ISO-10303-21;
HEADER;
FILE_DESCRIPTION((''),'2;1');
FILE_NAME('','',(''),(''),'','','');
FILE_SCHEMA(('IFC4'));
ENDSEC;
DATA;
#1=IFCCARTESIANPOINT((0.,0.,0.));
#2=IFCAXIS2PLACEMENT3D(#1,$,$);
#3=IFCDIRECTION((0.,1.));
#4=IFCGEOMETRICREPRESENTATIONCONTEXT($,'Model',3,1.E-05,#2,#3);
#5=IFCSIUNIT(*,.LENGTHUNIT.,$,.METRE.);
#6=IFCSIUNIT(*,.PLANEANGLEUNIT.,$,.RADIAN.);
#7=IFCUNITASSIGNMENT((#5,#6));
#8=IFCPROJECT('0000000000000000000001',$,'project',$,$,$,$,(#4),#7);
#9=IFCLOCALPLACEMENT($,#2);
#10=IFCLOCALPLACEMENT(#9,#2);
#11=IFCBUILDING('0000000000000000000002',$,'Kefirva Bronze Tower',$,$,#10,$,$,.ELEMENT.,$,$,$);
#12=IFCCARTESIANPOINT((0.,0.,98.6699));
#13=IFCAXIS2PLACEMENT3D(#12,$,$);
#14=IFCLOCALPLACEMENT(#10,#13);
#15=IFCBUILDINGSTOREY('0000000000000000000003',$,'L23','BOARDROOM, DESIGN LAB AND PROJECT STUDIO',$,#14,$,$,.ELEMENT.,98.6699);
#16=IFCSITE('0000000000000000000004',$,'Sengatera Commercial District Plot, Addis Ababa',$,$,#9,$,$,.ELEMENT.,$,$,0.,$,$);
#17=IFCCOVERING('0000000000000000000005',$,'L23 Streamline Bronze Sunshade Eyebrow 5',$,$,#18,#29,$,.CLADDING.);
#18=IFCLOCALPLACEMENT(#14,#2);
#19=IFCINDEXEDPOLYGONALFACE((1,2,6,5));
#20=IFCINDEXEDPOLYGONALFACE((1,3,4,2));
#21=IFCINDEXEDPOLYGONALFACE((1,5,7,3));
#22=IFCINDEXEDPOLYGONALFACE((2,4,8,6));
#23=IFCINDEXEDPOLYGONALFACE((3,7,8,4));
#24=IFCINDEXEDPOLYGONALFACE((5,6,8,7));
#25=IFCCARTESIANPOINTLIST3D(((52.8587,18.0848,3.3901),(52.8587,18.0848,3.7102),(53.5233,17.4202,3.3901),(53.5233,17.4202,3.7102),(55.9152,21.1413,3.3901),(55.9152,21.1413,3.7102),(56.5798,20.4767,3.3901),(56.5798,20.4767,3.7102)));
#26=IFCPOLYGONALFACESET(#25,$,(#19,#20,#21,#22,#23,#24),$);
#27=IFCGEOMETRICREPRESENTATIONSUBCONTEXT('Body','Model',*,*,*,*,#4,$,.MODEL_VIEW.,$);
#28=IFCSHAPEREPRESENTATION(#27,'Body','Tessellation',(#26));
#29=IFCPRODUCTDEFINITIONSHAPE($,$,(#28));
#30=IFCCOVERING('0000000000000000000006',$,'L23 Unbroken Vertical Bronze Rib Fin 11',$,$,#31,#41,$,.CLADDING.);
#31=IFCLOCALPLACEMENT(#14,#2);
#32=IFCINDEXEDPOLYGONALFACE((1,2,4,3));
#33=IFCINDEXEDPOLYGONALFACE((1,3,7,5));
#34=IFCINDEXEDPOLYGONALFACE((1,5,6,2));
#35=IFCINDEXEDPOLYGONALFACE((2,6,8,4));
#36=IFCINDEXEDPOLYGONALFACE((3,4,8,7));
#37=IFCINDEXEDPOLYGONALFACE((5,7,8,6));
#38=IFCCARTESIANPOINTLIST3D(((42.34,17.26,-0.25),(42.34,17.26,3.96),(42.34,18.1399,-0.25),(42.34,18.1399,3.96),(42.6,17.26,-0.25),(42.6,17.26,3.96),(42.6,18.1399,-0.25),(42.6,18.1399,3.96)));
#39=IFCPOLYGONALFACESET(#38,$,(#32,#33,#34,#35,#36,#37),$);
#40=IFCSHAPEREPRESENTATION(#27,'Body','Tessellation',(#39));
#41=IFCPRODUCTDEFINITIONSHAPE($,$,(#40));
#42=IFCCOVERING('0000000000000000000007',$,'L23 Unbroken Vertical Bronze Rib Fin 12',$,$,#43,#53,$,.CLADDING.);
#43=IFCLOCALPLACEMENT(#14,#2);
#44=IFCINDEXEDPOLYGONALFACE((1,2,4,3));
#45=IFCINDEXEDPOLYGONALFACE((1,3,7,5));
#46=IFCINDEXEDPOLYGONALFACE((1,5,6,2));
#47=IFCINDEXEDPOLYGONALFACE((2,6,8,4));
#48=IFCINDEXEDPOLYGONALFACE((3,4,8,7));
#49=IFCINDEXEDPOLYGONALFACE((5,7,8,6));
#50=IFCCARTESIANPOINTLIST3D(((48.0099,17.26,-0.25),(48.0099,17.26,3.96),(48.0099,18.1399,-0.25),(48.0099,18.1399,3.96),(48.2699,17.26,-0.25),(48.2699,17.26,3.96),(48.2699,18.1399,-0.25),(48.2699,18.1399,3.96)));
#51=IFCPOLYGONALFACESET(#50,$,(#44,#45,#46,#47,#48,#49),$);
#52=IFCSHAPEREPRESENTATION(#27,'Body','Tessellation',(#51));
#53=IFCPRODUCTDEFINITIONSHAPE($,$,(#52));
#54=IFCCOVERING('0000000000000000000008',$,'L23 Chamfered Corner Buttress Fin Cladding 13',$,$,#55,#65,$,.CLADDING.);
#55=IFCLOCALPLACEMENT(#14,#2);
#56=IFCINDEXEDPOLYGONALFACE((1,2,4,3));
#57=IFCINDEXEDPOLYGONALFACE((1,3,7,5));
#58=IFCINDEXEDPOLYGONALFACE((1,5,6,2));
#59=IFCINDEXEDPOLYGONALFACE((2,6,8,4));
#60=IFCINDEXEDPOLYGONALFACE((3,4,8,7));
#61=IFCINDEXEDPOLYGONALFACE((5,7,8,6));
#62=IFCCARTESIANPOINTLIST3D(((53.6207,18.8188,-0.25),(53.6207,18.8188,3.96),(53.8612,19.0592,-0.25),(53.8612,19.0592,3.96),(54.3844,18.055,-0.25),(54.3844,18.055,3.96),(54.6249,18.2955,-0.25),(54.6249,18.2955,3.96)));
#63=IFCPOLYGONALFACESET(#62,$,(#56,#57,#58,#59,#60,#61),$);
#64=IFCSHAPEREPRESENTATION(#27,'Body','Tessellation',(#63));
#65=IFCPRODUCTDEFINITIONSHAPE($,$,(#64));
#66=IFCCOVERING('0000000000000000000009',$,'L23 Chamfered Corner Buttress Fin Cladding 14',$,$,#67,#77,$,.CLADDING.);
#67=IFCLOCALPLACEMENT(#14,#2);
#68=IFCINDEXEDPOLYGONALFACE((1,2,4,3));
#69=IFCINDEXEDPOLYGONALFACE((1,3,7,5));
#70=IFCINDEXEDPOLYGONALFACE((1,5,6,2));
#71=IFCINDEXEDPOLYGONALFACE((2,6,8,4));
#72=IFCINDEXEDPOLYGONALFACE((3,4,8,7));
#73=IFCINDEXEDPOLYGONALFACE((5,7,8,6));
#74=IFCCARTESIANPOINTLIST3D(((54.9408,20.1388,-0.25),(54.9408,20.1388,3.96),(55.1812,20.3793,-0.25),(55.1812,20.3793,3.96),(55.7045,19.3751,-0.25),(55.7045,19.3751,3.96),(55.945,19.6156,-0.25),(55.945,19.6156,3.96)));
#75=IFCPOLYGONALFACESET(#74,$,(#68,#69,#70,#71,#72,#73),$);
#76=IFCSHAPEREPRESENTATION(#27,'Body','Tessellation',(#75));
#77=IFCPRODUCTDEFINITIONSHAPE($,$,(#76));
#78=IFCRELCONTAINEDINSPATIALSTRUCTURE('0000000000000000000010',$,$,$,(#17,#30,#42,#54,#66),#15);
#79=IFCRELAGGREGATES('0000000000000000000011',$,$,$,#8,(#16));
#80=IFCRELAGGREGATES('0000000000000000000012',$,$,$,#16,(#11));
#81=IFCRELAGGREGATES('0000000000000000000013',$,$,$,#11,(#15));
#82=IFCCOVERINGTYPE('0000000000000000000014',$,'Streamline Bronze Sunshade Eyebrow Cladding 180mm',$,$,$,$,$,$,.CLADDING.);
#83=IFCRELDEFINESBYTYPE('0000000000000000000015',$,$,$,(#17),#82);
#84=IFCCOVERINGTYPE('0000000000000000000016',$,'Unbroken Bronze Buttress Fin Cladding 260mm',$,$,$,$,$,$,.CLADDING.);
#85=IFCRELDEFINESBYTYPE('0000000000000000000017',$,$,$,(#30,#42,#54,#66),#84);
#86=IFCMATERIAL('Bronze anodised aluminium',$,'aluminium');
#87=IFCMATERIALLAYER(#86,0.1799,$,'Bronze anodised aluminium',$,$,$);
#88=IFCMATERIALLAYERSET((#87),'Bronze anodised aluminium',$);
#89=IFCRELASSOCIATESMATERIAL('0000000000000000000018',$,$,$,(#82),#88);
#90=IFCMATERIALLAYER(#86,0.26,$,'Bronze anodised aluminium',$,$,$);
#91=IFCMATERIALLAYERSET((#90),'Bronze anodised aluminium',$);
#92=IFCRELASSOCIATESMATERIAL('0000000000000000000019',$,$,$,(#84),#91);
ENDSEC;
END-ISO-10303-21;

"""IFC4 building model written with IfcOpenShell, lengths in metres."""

from ifc_helpers import new_model, si_unit, direction, frame, origin, origin_2d, place, context, subcontext, project, spatial, rectangle, extrude, material, layer, layer_set, type_object, element, save


model = new_model("IFC4")

# Units and contexts
model_context = context("Model", 3, precision=1e-05, world=origin(), true_north=direction((0.0, 1.0)))
body_context = subcontext(model_context, "Body", "Model", "MODEL_VIEW")
ifc_project = project(units=[si_unit("LENGTHUNIT", "METRE"), si_unit("PLANEANGLEUNIT", "RADIAN")], contexts=[model_context])

# Site, building, storey
site_placement = place(None, origin())
site = spatial("IfcSite", under=ifc_project, at=site_placement, Name="Sengatera Commercial District Plot, Addis Ababa", CompositionType="ELEMENT", RefElevation=0.0)
building_placement = place(site_placement, origin())
building = spatial("IfcBuilding", under=site, at=building_placement, Name="Kefirva Bronze Tower", CompositionType="ELEMENT")
storey_placement = place(building_placement, frame((0.0, 0.0, 98.6699)))
storey = spatial("IfcBuildingStorey", under=building, at=storey_placement, Name="L23", Description="BOARDROOM, DESIGN LAB AND PROJECT STUDIO", CompositionType="ELEMENT", Elevation=98.6699)

# Shared definitions
ifc_material_1 = material(Name="Bronze anodised aluminium", Category="aluminium")

# Coverings
ifc_layer_1 = layer(ifc_material_1, 0.1799, Name="Bronze anodised aluminium")
ifc_layer_set_1 = layer_set([ifc_layer_1], Name="Bronze anodised aluminium")
covering_type_1 = type_object("IfcCoveringType", Name="Streamline Bronze Sunshade Eyebrow Cladding 180mm", PredefinedType="CLADDING", material=ifc_layer_set_1)
covering_1_placement = place(storey_placement, frame((54.7192, 19.2808, 3.3901), z_axis=(0.0, 0.0, 1.0), x_axis=(0.707107, 0.707107, 0.0)))
element("IfcCovering", 1, at=covering_1_placement, inside=storey, type_object=covering_type_1, Name="L23 Streamline Bronze Sunshade Eyebrow 5", PredefinedType="CLADDING", context=body_context, shape_type="SweptSolid", body=[
    extrude(rectangle(XDim=4.3225, YDim=0.9399, at=origin_2d()), origin(), (0.0, 0.0, 1.0), 0.3201),
])
ifc_layer_2 = layer(ifc_material_1, 0.26, Name="Bronze anodised aluminium")
ifc_layer_set_2 = layer_set([ifc_layer_2], Name="Bronze anodised aluminium")
covering_type_2 = type_object("IfcCoveringType", Name="Unbroken Bronze Buttress Fin Cladding 260mm", PredefinedType="CLADDING", material=ifc_layer_set_2)
for number, where, z_axis, x_axis, name in (
    (2, (42.47, 17.7, -0.25), (0.0, 0.0, 1.0), (1.0, 0.0, 0.0), "L23 Unbroken Vertical Bronze Rib Fin 11"),
    (3, (48.1399, 17.7, -0.25), (0.0, 0.0, 1.0), (1.0, 0.0, 0.0), "L23 Unbroken Vertical Bronze Rib Fin 12"),
):
    element("IfcCovering", number, at=place(storey_placement, frame(where, z_axis=z_axis, x_axis=x_axis)), inside=storey, type_object=covering_type_2, Name=name, PredefinedType="CLADDING", context=body_context, shape_type="SweptSolid", body=[
        extrude(rectangle(XDim=0.26, YDim=0.8799, at=origin_2d()), origin(), (0.0, 0.0, 1.0), 4.21),
    ])
for number, where, z_axis, x_axis, name in (
    (4, (54.1228, 18.5571, -0.25), (0.0, 0.0, 1.0), (0.707107, 0.707107, 0.0), "L23 Chamfered Corner Buttress Fin Cladding 13"),
    (5, (55.4429, 19.8772, -0.25), (0.0, 0.0, 1.0), (0.707107, 0.707107, 0.0), "L23 Chamfered Corner Buttress Fin Cladding 14"),
):
    element("IfcCovering", number, at=place(storey_placement, frame(where, z_axis=z_axis, x_axis=x_axis)), inside=storey, type_object=covering_type_2, Name=name, PredefinedType="CLADDING", context=body_context, shape_type="SweptSolid", body=[
        extrude(rectangle(XDim=0.3401, YDim=1.0801, at=origin_2d()), origin(), (0.0, 0.0, 1.0), 4.21),
    ])

save(model, "model.ifc")
